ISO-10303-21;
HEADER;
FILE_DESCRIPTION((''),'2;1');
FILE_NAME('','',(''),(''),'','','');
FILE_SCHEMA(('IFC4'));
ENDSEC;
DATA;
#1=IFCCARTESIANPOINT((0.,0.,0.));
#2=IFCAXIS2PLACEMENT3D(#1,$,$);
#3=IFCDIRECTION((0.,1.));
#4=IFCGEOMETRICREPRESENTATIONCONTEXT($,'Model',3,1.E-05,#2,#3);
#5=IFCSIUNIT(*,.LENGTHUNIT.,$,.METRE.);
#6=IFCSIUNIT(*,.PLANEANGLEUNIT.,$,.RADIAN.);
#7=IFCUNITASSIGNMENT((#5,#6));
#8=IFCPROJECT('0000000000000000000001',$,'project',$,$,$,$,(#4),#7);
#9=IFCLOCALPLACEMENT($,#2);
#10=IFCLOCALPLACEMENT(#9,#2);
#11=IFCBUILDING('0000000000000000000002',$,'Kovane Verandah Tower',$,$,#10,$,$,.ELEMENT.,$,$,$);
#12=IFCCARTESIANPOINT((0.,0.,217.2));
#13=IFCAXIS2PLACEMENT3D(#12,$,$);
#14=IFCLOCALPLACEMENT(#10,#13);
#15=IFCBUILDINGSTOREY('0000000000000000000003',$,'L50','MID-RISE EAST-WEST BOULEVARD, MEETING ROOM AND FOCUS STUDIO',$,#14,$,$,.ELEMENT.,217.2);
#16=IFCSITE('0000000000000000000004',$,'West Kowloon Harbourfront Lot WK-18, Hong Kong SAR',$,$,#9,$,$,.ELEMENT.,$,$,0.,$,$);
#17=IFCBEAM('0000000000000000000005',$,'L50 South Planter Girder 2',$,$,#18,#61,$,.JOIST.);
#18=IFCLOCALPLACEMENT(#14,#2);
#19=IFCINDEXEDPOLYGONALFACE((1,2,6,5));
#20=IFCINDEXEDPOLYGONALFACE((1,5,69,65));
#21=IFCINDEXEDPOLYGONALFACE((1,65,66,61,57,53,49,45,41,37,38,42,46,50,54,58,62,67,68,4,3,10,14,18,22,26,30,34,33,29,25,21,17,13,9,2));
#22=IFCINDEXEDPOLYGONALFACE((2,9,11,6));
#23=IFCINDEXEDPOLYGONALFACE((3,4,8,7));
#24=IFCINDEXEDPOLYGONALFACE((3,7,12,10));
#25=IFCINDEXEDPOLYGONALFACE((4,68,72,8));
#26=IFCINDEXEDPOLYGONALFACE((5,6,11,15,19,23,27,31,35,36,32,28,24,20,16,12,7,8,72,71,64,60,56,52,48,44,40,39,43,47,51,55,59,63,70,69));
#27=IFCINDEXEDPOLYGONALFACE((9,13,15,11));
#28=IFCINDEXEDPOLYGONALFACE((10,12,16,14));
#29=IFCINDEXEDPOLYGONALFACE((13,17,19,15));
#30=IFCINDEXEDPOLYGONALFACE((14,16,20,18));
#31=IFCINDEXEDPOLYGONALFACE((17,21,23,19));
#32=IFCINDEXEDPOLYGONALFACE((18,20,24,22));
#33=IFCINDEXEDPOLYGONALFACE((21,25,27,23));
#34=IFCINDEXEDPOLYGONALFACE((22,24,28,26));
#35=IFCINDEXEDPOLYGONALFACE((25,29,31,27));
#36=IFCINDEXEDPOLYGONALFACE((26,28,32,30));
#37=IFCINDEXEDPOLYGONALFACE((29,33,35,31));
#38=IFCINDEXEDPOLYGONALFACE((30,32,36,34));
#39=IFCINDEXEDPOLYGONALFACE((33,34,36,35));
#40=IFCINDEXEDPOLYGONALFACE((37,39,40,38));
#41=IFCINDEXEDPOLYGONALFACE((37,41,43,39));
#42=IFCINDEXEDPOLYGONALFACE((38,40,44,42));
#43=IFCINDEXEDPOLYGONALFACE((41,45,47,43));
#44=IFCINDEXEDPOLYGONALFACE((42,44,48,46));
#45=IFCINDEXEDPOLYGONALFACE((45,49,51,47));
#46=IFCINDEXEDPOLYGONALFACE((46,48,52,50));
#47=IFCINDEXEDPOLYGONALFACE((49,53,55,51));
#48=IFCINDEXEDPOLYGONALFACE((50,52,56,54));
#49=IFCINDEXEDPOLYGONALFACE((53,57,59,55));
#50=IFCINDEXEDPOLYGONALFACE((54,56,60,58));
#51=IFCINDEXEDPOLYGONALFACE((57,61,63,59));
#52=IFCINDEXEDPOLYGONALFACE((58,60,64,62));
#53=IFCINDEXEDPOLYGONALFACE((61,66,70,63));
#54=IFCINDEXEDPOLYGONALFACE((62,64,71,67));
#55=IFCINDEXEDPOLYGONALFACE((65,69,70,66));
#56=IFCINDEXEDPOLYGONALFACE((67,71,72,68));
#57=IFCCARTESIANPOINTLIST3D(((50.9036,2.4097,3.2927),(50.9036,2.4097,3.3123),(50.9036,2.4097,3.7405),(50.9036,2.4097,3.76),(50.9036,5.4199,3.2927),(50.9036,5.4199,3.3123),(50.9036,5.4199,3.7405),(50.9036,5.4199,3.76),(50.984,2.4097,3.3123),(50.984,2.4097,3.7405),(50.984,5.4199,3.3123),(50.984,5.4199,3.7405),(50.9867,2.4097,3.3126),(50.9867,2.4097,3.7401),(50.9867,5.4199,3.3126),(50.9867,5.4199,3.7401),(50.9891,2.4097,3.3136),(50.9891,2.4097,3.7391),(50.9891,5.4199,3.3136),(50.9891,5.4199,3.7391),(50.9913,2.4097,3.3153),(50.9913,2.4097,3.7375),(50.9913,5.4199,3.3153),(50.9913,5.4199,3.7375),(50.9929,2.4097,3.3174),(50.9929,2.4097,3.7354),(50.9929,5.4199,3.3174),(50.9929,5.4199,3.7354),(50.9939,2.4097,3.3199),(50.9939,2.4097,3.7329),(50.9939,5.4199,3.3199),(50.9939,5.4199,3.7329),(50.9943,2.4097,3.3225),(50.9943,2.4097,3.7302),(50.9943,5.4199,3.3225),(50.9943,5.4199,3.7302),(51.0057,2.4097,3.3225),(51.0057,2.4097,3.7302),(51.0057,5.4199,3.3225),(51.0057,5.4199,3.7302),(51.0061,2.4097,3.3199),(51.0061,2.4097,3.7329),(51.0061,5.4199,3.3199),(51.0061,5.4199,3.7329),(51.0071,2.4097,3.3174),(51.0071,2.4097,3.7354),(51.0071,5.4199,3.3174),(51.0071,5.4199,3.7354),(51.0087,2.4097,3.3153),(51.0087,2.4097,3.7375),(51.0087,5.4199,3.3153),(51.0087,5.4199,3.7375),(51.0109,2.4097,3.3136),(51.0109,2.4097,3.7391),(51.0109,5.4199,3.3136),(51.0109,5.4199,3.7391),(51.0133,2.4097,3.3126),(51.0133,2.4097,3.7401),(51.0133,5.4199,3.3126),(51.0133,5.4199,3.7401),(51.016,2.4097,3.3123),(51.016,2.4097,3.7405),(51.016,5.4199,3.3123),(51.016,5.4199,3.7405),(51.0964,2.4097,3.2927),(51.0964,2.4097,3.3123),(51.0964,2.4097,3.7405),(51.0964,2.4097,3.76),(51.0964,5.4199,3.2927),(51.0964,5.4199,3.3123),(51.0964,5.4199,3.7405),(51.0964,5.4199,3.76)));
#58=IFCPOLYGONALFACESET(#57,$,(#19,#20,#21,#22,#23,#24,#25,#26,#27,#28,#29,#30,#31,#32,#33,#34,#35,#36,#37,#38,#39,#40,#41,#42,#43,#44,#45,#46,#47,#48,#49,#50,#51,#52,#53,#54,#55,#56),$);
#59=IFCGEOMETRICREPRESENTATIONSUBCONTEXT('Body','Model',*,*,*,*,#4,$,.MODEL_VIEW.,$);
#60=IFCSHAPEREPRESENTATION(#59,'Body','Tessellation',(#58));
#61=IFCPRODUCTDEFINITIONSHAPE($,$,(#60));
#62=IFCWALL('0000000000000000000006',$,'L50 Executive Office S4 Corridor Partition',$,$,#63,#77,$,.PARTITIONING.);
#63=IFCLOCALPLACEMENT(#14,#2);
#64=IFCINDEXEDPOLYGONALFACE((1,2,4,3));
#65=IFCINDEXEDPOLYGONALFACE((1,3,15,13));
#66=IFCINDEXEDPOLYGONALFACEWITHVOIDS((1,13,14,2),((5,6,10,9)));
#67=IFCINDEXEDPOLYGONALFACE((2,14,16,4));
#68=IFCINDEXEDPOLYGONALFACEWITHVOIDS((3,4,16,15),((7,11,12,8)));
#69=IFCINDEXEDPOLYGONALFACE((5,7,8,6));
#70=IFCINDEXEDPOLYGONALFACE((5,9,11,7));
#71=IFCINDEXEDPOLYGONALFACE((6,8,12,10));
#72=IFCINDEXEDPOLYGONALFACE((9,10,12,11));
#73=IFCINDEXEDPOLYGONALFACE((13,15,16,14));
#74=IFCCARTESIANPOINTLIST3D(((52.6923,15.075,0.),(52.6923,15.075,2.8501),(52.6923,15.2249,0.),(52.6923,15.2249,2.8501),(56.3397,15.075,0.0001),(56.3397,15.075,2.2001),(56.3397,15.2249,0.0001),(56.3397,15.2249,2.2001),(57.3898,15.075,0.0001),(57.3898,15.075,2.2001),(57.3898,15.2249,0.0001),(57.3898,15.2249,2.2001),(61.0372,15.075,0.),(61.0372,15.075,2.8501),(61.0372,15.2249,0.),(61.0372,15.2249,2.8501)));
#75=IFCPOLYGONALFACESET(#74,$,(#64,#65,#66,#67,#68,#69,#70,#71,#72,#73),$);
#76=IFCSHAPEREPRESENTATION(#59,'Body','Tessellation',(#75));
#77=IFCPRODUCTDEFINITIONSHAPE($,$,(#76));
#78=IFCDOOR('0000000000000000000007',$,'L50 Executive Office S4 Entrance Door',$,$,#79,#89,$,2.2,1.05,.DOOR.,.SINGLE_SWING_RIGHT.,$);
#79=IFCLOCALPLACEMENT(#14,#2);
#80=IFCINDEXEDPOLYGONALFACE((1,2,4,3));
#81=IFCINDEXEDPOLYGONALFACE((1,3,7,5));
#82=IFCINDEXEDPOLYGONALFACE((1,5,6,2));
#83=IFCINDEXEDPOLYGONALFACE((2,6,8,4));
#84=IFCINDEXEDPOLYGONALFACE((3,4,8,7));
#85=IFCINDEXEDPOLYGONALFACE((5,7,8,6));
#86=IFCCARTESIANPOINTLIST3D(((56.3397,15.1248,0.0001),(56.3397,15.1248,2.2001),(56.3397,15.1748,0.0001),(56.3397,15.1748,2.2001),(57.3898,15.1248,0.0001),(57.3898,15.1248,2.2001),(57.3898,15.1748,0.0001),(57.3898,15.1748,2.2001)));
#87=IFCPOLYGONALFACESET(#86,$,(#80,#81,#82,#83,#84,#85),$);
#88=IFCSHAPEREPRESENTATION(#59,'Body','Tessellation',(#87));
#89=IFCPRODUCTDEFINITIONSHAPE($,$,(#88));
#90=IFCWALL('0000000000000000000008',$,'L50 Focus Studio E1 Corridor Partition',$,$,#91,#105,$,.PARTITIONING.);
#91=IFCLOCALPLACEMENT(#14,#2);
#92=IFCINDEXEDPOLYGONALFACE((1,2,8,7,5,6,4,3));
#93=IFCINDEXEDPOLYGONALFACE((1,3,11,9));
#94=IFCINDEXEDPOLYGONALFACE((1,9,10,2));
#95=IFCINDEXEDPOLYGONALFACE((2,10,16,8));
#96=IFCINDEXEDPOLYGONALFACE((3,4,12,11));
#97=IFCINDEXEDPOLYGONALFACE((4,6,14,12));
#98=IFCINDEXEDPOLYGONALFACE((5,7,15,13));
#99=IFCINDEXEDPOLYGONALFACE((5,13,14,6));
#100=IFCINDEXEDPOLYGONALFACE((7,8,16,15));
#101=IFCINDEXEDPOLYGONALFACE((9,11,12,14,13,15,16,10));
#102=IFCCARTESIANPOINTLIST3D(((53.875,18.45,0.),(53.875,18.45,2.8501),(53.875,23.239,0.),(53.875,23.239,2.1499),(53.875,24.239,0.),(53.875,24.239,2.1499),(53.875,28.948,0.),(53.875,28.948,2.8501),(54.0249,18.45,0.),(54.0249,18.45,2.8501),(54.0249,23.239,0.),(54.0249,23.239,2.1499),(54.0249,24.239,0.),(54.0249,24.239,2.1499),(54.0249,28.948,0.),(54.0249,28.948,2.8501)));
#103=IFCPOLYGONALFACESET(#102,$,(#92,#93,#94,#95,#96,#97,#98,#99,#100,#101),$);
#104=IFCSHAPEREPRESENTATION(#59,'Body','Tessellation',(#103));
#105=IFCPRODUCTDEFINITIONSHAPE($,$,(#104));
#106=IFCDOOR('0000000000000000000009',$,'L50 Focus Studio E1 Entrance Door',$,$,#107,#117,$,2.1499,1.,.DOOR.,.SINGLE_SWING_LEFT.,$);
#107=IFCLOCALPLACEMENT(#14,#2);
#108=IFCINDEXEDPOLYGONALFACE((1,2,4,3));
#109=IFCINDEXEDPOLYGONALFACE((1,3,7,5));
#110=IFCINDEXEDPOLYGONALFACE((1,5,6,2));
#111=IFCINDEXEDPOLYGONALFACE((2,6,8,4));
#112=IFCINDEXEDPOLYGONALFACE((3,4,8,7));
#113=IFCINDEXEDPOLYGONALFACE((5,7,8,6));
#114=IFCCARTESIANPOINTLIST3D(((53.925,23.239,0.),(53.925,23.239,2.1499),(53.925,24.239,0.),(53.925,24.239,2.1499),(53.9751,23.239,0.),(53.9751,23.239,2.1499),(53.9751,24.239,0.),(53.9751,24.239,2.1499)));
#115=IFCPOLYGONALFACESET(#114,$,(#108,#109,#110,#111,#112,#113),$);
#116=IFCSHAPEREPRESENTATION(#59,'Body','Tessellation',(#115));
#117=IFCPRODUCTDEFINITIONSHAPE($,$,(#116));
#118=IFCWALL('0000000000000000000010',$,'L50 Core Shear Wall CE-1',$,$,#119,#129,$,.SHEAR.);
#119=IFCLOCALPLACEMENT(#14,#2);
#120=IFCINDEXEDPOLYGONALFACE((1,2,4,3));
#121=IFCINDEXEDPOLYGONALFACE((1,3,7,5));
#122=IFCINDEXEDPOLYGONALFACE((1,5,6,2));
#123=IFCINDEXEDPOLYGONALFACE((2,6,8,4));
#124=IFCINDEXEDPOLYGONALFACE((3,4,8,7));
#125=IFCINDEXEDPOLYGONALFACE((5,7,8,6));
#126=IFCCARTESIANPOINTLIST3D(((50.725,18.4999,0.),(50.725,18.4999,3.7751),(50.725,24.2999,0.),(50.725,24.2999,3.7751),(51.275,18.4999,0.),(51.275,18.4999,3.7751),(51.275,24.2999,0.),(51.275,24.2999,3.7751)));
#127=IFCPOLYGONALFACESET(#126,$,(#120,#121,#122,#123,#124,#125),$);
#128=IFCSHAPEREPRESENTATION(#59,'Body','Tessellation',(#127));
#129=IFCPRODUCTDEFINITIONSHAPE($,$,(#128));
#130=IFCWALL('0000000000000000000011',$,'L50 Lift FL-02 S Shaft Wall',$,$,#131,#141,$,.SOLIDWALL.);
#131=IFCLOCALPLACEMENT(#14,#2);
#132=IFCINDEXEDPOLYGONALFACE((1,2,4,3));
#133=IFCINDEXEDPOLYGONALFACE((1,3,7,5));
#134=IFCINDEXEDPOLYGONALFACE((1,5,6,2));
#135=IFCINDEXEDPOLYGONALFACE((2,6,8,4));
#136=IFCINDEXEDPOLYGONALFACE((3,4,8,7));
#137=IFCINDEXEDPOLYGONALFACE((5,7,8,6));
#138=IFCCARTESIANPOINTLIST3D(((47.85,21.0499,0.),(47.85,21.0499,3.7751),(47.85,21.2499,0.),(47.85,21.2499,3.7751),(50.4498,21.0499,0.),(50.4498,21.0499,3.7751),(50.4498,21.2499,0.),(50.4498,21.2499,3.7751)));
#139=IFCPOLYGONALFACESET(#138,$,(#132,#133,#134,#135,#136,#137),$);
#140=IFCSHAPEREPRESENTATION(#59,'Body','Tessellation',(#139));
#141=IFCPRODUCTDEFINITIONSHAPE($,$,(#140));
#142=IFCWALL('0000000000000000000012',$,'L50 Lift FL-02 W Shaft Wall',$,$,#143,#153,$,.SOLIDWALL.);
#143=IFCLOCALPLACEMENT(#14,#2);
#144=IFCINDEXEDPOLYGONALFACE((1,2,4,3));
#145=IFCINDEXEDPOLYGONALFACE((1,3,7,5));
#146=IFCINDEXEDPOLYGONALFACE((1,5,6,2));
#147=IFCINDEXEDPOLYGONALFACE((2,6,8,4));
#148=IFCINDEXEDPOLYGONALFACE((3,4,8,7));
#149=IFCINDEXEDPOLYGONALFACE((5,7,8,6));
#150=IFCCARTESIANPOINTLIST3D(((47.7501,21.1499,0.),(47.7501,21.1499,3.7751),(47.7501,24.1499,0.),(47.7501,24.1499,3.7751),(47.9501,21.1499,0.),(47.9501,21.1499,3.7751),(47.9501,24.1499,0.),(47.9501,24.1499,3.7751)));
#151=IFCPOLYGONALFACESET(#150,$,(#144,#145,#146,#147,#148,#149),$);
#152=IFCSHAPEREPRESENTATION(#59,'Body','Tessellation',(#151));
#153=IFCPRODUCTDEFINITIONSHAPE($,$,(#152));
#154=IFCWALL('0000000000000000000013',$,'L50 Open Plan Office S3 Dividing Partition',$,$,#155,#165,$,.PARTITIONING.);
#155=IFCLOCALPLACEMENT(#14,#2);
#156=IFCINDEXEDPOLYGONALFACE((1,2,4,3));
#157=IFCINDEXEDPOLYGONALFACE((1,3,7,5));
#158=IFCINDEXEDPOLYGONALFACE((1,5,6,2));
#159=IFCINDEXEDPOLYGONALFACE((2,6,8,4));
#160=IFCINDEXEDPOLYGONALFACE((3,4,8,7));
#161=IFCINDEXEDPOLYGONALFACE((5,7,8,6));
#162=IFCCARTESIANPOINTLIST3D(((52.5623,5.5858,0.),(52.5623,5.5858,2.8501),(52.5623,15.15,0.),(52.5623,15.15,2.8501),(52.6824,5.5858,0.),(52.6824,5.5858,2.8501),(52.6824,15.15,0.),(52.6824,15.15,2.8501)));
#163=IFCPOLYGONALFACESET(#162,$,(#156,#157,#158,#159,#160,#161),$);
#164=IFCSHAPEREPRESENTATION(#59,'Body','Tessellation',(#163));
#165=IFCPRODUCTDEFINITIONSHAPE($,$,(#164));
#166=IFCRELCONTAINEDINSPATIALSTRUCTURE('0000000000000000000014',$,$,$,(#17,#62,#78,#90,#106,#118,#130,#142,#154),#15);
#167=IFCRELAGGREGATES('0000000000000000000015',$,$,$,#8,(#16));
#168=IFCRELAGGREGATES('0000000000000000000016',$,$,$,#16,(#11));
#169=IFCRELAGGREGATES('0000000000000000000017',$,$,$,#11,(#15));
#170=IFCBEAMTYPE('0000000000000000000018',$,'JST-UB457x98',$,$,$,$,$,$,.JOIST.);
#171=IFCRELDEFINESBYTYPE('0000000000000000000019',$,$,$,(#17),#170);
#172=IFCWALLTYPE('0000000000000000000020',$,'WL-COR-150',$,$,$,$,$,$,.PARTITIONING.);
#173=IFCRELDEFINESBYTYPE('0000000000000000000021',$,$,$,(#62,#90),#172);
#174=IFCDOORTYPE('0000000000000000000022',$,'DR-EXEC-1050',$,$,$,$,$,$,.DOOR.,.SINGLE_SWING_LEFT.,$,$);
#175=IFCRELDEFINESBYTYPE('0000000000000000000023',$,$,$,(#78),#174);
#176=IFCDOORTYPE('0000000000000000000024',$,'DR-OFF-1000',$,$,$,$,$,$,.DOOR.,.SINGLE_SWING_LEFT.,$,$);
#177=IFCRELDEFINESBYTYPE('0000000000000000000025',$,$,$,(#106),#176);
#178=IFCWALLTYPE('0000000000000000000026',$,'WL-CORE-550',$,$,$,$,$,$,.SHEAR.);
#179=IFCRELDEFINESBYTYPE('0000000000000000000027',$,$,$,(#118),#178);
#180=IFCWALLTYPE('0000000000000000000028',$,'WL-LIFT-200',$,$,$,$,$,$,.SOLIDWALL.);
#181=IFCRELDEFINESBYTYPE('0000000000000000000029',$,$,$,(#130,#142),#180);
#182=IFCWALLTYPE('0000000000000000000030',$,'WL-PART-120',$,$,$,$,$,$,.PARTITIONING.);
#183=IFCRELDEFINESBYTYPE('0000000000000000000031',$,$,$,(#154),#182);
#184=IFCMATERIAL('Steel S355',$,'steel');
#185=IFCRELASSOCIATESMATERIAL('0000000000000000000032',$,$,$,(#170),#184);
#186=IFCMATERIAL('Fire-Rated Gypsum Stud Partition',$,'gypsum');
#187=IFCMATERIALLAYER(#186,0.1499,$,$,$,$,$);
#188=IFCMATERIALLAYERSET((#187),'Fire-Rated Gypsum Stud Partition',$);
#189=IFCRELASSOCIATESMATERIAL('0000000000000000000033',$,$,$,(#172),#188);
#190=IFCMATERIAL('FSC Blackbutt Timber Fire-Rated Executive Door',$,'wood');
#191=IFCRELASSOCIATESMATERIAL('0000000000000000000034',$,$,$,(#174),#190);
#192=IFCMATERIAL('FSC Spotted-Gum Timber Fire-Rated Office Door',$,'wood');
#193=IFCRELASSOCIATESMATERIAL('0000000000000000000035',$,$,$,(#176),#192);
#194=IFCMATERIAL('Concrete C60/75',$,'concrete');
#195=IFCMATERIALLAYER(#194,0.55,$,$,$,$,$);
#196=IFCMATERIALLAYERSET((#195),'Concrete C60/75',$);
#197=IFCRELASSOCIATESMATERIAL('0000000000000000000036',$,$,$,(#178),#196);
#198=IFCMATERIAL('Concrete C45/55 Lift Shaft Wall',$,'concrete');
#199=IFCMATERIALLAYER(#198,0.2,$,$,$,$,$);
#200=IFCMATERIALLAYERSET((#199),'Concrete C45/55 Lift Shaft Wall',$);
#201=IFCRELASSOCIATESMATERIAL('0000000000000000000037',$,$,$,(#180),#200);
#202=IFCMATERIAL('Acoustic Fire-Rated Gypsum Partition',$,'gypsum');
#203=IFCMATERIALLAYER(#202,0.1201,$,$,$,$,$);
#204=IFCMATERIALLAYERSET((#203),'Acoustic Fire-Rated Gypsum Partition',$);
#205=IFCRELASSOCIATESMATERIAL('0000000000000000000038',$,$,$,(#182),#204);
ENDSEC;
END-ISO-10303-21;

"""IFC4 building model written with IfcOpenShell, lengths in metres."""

from ifc_helpers import new_model, si_unit, direction, frame, frame_2d, origin, origin_2d, place, context, subcontext, project, spatial, rectangle, i_section, extrude, material, layer, layer_set, material_profile, profile_set, type_object, element, fill, save


model = new_model("IFC4")

# Units and contexts
model_context = context("Model", 3, precision=1e-05, world=origin(), true_north=direction((0.0, 1.0)))
body_context = subcontext(model_context, "Body", "Model", "MODEL_VIEW")
ifc_project = project(units=[si_unit("LENGTHUNIT", "METRE"), si_unit("PLANEANGLEUNIT", "RADIAN")], contexts=[model_context])

# Site, building, storey
site_placement = place(None, origin())
site = spatial("IfcSite", under=ifc_project, at=site_placement, Name="West Kowloon Harbourfront Lot WK-18, Hong Kong SAR", CompositionType="ELEMENT", RefElevation=0.0)
building_placement = place(site_placement, origin())
building = spatial("IfcBuilding", under=site, at=building_placement, Name="Kovane Verandah Tower", CompositionType="ELEMENT")
storey_placement = place(building_placement, frame((0.0, 0.0, 217.2)))
storey = spatial("IfcBuildingStorey", under=building, at=storey_placement, Name="L50", Description="MID-RISE EAST-WEST BOULEVARD, MEETING ROOM AND FOCUS STUDIO", CompositionType="ELEMENT", Elevation=217.2)

# Shared definitions
ifc_material_1 = material(Name="Concrete C60/75", Category="concrete")

# Shared definitions
ifc_material_2 = material(Name="Steel S355", Category="steel")

# Beam
ifc_material_profile_1 = material_profile(ifc_material_2, i_section(OverallWidth=0.1929, OverallDepth=0.4673, WebThickness=0.0115, FlangeThickness=0.0195, FilletRadius=0.0103, at=origin_2d()), Name="UB457x191x98")
ifc_profile_set_1 = profile_set([ifc_material_profile_1], Name="Steel S355")
beam_type_1 = type_object("IfcBeamType", Name="JST-UB457x98", PredefinedType="JOIST", material=ifc_profile_set_1)
beam_1_placement = place(storey_placement, frame((51.0, 5.4199, 3.5264), z_axis=(0.0, -1.0, 0.0), x_axis=(1.0, 0.0, 0.0)))
element("IfcBeam", 1, at=beam_1_placement, inside=storey, type_object=beam_type_1, Name="L50 South Planter Girder 2", PredefinedType="JOIST", context=body_context, shape_type="SweptSolid", body=[
    extrude(i_section(OverallWidth=0.1929, OverallDepth=0.4673, WebThickness=0.0115, FlangeThickness=0.0195, FilletRadius=0.0103, at=origin_2d()), origin(), (0.0, 0.0, 1.0), 3.0103),
])

# Walls, openings, doors
ifc_material_3 = material(Name="Fire-Rated Gypsum Stud Partition", Category="gypsum")
ifc_layer_1 = layer(ifc_material_3, 0.1499)
ifc_layer_set_1 = layer_set([ifc_layer_1], Name="Fire-Rated Gypsum Stud Partition")
wall_type_1 = type_object("IfcWallType", Name="WL-COR-150", PredefinedType="PARTITIONING", material=ifc_layer_set_1)
wall_1_placement = place(storey_placement, frame((52.6924, 15.1499, 0.0), z_axis=(0.0, 0.0, 1.0), x_axis=(1.0, 0.0, 0.0)))
wall_1 = element("IfcWall", 2, at=wall_1_placement, inside=storey, type_object=wall_type_1, Name="L50 Executive Office S4 Corridor Partition", PredefinedType="PARTITIONING", context=body_context, shape_type="SweptSolid", body=[
    extrude(rectangle(XDim=8.345, YDim=0.1499, at=frame_2d((4.1724, 0.0))), origin(), (0.0, 0.0, 1.0), 2.8501),
])
opening_1_placement = place(wall_1_placement, frame((3.6475, 0.0, 0.0)))
opening_1 = element("IfcOpeningElement", 3, at=opening_1_placement, cuts=wall_1, PredefinedType="OPENING", context=body_context, shape_type="SweptSolid", body=[
    extrude(rectangle(XDim=1.05, YDim=2.2, at=frame_2d((0.5249, 1.1001))), frame((0.0, 0.075, 0.0), z_axis=(0.0, -1.0, 0.0), x_axis=(1.0, 0.0, 0.0)), (0.0, 0.0, 1.0), 0.1499),
])
ifc_material_4 = material(Name="FSC Blackbutt Timber Fire-Rated Executive Door", Category="wood")
door_type_1 = type_object("IfcDoorType", Name="DR-EXEC-1050", OperationType="SINGLE_SWING_LEFT", PredefinedType="DOOR", material=ifc_material_4)
door_1_placement = place(opening_1_placement, origin())
door_1 = element("IfcDoor", 4, at=door_1_placement, inside=storey, type_object=door_type_1, Name="L50 Executive Office S4 Entrance Door", OperationType="SINGLE_SWING_RIGHT", OverallHeight=2.2, OverallWidth=1.05, PredefinedType="DOOR", context=body_context, shape_type="SweptSolid", body=[
    extrude(rectangle(XDim=1.05, YDim=2.2, at=frame_2d((0.5249, 1.1001))), frame((0.0, 0.0249, 0.0), z_axis=(0.0, -1.0, 0.0), x_axis=(1.0, 0.0, 0.0)), (0.0, 0.0, 1.0), 0.05),
])
fill(opening_1, door_1)
wall_2_placement = place(storey_placement, frame((53.95, 18.45, 0.0), z_axis=(0.0, 0.0, 1.0), x_axis=(0.0, 1.0, 0.0)))
wall_2 = element("IfcWall", 5, at=wall_2_placement, inside=storey, type_object=wall_type_1, Name="L50 Focus Studio E1 Corridor Partition", PredefinedType="PARTITIONING", context=body_context, shape_type="SweptSolid", body=[
    extrude(rectangle(XDim=10.498, YDim=0.1499, at=frame_2d((5.249, 0.0))), origin(), (0.0, 0.0, 1.0), 2.8501),
])
opening_2_placement = place(wall_2_placement, frame((4.7891, 0.0, 0.0)))
opening_2 = element("IfcOpeningElement", 6, at=opening_2_placement, cuts=wall_2, PredefinedType="OPENING", context=body_context, shape_type="SweptSolid", body=[
    extrude(rectangle(XDim=1.0, YDim=2.1499, at=frame_2d((0.5, 1.075))), frame((0.0, 0.075, 0.0), z_axis=(0.0, -1.0, 0.0), x_axis=(1.0, 0.0, 0.0)), (0.0, 0.0, 1.0), 0.1499),
])
ifc_material_5 = material(Name="FSC Spotted-Gum Timber Fire-Rated Office Door", Category="wood")
door_type_2 = type_object("IfcDoorType", Name="DR-OFF-1000", OperationType="SINGLE_SWING_LEFT", PredefinedType="DOOR", material=ifc_material_5)
door_2_placement = place(opening_2_placement, origin())
door_2 = element("IfcDoor", 7, at=door_2_placement, inside=storey, type_object=door_type_2, Name="L50 Focus Studio E1 Entrance Door", OperationType="SINGLE_SWING_LEFT", OverallHeight=2.1499, OverallWidth=1.0, PredefinedType="DOOR", context=body_context, shape_type="SweptSolid", body=[
    extrude(rectangle(XDim=1.0, YDim=2.1499, at=frame_2d((0.5, 1.075))), frame((0.0, 0.0249, 0.0), z_axis=(0.0, -1.0, 0.0), x_axis=(1.0, 0.0, 0.0)), (0.0, 0.0, 1.0), 0.05),
])
fill(opening_2, door_2)

# Walls
ifc_layer_2 = layer(ifc_material_1, 0.55)
ifc_layer_set_2 = layer_set([ifc_layer_2], Name="Concrete C60/75")
wall_type_2 = type_object("IfcWallType", Name="WL-CORE-550", PredefinedType="SHEAR", material=ifc_layer_set_2)
wall_3_placement = place(storey_placement, frame((51.0, 18.5, 0.0), z_axis=(0.0, 0.0, 1.0), x_axis=(0.0, 1.0, 0.0)))
element("IfcWall", 8, at=wall_3_placement, inside=storey, type_object=wall_type_2, Name="L50 Core Shear Wall CE-1", PredefinedType="SHEAR", context=body_context, shape_type="SweptSolid", body=[
    extrude(rectangle(XDim=5.8, YDim=0.55, at=frame_2d((2.8999, 0.0))), origin(), (0.0, 0.0, 1.0), 3.7751),
])
ifc_material_6 = material(Name="Concrete C45/55 Lift Shaft Wall", Category="concrete")
ifc_layer_3 = layer(ifc_material_6, 0.2)
ifc_layer_set_3 = layer_set([ifc_layer_3], Name="Concrete C45/55 Lift Shaft Wall")
wall_type_3 = type_object("IfcWallType", Name="WL-LIFT-200", PredefinedType="SOLIDWALL", material=ifc_layer_set_3)
wall_4_placement = place(storey_placement, frame((47.8501, 21.1499, 0.0), z_axis=(0.0, 0.0, 1.0), x_axis=(1.0, 0.0, 0.0)))
element("IfcWall", 9, at=wall_4_placement, inside=storey, type_object=wall_type_3, Name="L50 Lift FL-02 S Shaft Wall", PredefinedType="SOLIDWALL", context=body_context, shape_type="SweptSolid", body=[
    extrude(rectangle(XDim=2.5999, YDim=0.2, at=frame_2d((1.2998, 0.0))), origin(), (0.0, 0.0, 1.0), 3.7751),
])

# Walls
wall_5_placement = place(storey_placement, frame((47.8501, 24.1499, 0.0), z_axis=(0.0, 0.0, 1.0), x_axis=(0.0, -1.0, 0.0)))
element("IfcWall", 10, at=wall_5_placement, inside=storey, type_object=wall_type_3, Name="L50 Lift FL-02 W Shaft Wall", PredefinedType="SOLIDWALL", context=body_context, shape_type="SweptSolid", body=[
    extrude(rectangle(XDim=3.0, YDim=0.2, at=frame_2d((1.5, 0.0))), origin(), (0.0, 0.0, 1.0), 3.7751),
])
ifc_material_7 = material(Name="Acoustic Fire-Rated Gypsum Partition", Category="gypsum")
ifc_layer_4 = layer(ifc_material_7, 0.1201)
ifc_layer_set_4 = layer_set([ifc_layer_4], Name="Acoustic Fire-Rated Gypsum Partition")
wall_type_4 = type_object("IfcWallType", Name="WL-PART-120", PredefinedType="PARTITIONING", material=ifc_layer_set_4)
wall_6_placement = place(storey_placement, frame((52.6223, 5.5857, 0.0), z_axis=(0.0, 0.0, 1.0), x_axis=(0.0, 1.0, 0.0)))
element("IfcWall", 11, at=wall_6_placement, inside=storey, type_object=wall_type_4, Name="L50 Open Plan Office S3 Dividing Partition", PredefinedType="PARTITIONING", context=body_context, shape_type="SweptSolid", body=[
    extrude(rectangle(XDim=9.5642, YDim=0.1201, at=frame_2d((4.7822, 0.0))), origin(), (0.0, 0.0, 1.0), 2.8501),
])

save(model, "model.ifc")
